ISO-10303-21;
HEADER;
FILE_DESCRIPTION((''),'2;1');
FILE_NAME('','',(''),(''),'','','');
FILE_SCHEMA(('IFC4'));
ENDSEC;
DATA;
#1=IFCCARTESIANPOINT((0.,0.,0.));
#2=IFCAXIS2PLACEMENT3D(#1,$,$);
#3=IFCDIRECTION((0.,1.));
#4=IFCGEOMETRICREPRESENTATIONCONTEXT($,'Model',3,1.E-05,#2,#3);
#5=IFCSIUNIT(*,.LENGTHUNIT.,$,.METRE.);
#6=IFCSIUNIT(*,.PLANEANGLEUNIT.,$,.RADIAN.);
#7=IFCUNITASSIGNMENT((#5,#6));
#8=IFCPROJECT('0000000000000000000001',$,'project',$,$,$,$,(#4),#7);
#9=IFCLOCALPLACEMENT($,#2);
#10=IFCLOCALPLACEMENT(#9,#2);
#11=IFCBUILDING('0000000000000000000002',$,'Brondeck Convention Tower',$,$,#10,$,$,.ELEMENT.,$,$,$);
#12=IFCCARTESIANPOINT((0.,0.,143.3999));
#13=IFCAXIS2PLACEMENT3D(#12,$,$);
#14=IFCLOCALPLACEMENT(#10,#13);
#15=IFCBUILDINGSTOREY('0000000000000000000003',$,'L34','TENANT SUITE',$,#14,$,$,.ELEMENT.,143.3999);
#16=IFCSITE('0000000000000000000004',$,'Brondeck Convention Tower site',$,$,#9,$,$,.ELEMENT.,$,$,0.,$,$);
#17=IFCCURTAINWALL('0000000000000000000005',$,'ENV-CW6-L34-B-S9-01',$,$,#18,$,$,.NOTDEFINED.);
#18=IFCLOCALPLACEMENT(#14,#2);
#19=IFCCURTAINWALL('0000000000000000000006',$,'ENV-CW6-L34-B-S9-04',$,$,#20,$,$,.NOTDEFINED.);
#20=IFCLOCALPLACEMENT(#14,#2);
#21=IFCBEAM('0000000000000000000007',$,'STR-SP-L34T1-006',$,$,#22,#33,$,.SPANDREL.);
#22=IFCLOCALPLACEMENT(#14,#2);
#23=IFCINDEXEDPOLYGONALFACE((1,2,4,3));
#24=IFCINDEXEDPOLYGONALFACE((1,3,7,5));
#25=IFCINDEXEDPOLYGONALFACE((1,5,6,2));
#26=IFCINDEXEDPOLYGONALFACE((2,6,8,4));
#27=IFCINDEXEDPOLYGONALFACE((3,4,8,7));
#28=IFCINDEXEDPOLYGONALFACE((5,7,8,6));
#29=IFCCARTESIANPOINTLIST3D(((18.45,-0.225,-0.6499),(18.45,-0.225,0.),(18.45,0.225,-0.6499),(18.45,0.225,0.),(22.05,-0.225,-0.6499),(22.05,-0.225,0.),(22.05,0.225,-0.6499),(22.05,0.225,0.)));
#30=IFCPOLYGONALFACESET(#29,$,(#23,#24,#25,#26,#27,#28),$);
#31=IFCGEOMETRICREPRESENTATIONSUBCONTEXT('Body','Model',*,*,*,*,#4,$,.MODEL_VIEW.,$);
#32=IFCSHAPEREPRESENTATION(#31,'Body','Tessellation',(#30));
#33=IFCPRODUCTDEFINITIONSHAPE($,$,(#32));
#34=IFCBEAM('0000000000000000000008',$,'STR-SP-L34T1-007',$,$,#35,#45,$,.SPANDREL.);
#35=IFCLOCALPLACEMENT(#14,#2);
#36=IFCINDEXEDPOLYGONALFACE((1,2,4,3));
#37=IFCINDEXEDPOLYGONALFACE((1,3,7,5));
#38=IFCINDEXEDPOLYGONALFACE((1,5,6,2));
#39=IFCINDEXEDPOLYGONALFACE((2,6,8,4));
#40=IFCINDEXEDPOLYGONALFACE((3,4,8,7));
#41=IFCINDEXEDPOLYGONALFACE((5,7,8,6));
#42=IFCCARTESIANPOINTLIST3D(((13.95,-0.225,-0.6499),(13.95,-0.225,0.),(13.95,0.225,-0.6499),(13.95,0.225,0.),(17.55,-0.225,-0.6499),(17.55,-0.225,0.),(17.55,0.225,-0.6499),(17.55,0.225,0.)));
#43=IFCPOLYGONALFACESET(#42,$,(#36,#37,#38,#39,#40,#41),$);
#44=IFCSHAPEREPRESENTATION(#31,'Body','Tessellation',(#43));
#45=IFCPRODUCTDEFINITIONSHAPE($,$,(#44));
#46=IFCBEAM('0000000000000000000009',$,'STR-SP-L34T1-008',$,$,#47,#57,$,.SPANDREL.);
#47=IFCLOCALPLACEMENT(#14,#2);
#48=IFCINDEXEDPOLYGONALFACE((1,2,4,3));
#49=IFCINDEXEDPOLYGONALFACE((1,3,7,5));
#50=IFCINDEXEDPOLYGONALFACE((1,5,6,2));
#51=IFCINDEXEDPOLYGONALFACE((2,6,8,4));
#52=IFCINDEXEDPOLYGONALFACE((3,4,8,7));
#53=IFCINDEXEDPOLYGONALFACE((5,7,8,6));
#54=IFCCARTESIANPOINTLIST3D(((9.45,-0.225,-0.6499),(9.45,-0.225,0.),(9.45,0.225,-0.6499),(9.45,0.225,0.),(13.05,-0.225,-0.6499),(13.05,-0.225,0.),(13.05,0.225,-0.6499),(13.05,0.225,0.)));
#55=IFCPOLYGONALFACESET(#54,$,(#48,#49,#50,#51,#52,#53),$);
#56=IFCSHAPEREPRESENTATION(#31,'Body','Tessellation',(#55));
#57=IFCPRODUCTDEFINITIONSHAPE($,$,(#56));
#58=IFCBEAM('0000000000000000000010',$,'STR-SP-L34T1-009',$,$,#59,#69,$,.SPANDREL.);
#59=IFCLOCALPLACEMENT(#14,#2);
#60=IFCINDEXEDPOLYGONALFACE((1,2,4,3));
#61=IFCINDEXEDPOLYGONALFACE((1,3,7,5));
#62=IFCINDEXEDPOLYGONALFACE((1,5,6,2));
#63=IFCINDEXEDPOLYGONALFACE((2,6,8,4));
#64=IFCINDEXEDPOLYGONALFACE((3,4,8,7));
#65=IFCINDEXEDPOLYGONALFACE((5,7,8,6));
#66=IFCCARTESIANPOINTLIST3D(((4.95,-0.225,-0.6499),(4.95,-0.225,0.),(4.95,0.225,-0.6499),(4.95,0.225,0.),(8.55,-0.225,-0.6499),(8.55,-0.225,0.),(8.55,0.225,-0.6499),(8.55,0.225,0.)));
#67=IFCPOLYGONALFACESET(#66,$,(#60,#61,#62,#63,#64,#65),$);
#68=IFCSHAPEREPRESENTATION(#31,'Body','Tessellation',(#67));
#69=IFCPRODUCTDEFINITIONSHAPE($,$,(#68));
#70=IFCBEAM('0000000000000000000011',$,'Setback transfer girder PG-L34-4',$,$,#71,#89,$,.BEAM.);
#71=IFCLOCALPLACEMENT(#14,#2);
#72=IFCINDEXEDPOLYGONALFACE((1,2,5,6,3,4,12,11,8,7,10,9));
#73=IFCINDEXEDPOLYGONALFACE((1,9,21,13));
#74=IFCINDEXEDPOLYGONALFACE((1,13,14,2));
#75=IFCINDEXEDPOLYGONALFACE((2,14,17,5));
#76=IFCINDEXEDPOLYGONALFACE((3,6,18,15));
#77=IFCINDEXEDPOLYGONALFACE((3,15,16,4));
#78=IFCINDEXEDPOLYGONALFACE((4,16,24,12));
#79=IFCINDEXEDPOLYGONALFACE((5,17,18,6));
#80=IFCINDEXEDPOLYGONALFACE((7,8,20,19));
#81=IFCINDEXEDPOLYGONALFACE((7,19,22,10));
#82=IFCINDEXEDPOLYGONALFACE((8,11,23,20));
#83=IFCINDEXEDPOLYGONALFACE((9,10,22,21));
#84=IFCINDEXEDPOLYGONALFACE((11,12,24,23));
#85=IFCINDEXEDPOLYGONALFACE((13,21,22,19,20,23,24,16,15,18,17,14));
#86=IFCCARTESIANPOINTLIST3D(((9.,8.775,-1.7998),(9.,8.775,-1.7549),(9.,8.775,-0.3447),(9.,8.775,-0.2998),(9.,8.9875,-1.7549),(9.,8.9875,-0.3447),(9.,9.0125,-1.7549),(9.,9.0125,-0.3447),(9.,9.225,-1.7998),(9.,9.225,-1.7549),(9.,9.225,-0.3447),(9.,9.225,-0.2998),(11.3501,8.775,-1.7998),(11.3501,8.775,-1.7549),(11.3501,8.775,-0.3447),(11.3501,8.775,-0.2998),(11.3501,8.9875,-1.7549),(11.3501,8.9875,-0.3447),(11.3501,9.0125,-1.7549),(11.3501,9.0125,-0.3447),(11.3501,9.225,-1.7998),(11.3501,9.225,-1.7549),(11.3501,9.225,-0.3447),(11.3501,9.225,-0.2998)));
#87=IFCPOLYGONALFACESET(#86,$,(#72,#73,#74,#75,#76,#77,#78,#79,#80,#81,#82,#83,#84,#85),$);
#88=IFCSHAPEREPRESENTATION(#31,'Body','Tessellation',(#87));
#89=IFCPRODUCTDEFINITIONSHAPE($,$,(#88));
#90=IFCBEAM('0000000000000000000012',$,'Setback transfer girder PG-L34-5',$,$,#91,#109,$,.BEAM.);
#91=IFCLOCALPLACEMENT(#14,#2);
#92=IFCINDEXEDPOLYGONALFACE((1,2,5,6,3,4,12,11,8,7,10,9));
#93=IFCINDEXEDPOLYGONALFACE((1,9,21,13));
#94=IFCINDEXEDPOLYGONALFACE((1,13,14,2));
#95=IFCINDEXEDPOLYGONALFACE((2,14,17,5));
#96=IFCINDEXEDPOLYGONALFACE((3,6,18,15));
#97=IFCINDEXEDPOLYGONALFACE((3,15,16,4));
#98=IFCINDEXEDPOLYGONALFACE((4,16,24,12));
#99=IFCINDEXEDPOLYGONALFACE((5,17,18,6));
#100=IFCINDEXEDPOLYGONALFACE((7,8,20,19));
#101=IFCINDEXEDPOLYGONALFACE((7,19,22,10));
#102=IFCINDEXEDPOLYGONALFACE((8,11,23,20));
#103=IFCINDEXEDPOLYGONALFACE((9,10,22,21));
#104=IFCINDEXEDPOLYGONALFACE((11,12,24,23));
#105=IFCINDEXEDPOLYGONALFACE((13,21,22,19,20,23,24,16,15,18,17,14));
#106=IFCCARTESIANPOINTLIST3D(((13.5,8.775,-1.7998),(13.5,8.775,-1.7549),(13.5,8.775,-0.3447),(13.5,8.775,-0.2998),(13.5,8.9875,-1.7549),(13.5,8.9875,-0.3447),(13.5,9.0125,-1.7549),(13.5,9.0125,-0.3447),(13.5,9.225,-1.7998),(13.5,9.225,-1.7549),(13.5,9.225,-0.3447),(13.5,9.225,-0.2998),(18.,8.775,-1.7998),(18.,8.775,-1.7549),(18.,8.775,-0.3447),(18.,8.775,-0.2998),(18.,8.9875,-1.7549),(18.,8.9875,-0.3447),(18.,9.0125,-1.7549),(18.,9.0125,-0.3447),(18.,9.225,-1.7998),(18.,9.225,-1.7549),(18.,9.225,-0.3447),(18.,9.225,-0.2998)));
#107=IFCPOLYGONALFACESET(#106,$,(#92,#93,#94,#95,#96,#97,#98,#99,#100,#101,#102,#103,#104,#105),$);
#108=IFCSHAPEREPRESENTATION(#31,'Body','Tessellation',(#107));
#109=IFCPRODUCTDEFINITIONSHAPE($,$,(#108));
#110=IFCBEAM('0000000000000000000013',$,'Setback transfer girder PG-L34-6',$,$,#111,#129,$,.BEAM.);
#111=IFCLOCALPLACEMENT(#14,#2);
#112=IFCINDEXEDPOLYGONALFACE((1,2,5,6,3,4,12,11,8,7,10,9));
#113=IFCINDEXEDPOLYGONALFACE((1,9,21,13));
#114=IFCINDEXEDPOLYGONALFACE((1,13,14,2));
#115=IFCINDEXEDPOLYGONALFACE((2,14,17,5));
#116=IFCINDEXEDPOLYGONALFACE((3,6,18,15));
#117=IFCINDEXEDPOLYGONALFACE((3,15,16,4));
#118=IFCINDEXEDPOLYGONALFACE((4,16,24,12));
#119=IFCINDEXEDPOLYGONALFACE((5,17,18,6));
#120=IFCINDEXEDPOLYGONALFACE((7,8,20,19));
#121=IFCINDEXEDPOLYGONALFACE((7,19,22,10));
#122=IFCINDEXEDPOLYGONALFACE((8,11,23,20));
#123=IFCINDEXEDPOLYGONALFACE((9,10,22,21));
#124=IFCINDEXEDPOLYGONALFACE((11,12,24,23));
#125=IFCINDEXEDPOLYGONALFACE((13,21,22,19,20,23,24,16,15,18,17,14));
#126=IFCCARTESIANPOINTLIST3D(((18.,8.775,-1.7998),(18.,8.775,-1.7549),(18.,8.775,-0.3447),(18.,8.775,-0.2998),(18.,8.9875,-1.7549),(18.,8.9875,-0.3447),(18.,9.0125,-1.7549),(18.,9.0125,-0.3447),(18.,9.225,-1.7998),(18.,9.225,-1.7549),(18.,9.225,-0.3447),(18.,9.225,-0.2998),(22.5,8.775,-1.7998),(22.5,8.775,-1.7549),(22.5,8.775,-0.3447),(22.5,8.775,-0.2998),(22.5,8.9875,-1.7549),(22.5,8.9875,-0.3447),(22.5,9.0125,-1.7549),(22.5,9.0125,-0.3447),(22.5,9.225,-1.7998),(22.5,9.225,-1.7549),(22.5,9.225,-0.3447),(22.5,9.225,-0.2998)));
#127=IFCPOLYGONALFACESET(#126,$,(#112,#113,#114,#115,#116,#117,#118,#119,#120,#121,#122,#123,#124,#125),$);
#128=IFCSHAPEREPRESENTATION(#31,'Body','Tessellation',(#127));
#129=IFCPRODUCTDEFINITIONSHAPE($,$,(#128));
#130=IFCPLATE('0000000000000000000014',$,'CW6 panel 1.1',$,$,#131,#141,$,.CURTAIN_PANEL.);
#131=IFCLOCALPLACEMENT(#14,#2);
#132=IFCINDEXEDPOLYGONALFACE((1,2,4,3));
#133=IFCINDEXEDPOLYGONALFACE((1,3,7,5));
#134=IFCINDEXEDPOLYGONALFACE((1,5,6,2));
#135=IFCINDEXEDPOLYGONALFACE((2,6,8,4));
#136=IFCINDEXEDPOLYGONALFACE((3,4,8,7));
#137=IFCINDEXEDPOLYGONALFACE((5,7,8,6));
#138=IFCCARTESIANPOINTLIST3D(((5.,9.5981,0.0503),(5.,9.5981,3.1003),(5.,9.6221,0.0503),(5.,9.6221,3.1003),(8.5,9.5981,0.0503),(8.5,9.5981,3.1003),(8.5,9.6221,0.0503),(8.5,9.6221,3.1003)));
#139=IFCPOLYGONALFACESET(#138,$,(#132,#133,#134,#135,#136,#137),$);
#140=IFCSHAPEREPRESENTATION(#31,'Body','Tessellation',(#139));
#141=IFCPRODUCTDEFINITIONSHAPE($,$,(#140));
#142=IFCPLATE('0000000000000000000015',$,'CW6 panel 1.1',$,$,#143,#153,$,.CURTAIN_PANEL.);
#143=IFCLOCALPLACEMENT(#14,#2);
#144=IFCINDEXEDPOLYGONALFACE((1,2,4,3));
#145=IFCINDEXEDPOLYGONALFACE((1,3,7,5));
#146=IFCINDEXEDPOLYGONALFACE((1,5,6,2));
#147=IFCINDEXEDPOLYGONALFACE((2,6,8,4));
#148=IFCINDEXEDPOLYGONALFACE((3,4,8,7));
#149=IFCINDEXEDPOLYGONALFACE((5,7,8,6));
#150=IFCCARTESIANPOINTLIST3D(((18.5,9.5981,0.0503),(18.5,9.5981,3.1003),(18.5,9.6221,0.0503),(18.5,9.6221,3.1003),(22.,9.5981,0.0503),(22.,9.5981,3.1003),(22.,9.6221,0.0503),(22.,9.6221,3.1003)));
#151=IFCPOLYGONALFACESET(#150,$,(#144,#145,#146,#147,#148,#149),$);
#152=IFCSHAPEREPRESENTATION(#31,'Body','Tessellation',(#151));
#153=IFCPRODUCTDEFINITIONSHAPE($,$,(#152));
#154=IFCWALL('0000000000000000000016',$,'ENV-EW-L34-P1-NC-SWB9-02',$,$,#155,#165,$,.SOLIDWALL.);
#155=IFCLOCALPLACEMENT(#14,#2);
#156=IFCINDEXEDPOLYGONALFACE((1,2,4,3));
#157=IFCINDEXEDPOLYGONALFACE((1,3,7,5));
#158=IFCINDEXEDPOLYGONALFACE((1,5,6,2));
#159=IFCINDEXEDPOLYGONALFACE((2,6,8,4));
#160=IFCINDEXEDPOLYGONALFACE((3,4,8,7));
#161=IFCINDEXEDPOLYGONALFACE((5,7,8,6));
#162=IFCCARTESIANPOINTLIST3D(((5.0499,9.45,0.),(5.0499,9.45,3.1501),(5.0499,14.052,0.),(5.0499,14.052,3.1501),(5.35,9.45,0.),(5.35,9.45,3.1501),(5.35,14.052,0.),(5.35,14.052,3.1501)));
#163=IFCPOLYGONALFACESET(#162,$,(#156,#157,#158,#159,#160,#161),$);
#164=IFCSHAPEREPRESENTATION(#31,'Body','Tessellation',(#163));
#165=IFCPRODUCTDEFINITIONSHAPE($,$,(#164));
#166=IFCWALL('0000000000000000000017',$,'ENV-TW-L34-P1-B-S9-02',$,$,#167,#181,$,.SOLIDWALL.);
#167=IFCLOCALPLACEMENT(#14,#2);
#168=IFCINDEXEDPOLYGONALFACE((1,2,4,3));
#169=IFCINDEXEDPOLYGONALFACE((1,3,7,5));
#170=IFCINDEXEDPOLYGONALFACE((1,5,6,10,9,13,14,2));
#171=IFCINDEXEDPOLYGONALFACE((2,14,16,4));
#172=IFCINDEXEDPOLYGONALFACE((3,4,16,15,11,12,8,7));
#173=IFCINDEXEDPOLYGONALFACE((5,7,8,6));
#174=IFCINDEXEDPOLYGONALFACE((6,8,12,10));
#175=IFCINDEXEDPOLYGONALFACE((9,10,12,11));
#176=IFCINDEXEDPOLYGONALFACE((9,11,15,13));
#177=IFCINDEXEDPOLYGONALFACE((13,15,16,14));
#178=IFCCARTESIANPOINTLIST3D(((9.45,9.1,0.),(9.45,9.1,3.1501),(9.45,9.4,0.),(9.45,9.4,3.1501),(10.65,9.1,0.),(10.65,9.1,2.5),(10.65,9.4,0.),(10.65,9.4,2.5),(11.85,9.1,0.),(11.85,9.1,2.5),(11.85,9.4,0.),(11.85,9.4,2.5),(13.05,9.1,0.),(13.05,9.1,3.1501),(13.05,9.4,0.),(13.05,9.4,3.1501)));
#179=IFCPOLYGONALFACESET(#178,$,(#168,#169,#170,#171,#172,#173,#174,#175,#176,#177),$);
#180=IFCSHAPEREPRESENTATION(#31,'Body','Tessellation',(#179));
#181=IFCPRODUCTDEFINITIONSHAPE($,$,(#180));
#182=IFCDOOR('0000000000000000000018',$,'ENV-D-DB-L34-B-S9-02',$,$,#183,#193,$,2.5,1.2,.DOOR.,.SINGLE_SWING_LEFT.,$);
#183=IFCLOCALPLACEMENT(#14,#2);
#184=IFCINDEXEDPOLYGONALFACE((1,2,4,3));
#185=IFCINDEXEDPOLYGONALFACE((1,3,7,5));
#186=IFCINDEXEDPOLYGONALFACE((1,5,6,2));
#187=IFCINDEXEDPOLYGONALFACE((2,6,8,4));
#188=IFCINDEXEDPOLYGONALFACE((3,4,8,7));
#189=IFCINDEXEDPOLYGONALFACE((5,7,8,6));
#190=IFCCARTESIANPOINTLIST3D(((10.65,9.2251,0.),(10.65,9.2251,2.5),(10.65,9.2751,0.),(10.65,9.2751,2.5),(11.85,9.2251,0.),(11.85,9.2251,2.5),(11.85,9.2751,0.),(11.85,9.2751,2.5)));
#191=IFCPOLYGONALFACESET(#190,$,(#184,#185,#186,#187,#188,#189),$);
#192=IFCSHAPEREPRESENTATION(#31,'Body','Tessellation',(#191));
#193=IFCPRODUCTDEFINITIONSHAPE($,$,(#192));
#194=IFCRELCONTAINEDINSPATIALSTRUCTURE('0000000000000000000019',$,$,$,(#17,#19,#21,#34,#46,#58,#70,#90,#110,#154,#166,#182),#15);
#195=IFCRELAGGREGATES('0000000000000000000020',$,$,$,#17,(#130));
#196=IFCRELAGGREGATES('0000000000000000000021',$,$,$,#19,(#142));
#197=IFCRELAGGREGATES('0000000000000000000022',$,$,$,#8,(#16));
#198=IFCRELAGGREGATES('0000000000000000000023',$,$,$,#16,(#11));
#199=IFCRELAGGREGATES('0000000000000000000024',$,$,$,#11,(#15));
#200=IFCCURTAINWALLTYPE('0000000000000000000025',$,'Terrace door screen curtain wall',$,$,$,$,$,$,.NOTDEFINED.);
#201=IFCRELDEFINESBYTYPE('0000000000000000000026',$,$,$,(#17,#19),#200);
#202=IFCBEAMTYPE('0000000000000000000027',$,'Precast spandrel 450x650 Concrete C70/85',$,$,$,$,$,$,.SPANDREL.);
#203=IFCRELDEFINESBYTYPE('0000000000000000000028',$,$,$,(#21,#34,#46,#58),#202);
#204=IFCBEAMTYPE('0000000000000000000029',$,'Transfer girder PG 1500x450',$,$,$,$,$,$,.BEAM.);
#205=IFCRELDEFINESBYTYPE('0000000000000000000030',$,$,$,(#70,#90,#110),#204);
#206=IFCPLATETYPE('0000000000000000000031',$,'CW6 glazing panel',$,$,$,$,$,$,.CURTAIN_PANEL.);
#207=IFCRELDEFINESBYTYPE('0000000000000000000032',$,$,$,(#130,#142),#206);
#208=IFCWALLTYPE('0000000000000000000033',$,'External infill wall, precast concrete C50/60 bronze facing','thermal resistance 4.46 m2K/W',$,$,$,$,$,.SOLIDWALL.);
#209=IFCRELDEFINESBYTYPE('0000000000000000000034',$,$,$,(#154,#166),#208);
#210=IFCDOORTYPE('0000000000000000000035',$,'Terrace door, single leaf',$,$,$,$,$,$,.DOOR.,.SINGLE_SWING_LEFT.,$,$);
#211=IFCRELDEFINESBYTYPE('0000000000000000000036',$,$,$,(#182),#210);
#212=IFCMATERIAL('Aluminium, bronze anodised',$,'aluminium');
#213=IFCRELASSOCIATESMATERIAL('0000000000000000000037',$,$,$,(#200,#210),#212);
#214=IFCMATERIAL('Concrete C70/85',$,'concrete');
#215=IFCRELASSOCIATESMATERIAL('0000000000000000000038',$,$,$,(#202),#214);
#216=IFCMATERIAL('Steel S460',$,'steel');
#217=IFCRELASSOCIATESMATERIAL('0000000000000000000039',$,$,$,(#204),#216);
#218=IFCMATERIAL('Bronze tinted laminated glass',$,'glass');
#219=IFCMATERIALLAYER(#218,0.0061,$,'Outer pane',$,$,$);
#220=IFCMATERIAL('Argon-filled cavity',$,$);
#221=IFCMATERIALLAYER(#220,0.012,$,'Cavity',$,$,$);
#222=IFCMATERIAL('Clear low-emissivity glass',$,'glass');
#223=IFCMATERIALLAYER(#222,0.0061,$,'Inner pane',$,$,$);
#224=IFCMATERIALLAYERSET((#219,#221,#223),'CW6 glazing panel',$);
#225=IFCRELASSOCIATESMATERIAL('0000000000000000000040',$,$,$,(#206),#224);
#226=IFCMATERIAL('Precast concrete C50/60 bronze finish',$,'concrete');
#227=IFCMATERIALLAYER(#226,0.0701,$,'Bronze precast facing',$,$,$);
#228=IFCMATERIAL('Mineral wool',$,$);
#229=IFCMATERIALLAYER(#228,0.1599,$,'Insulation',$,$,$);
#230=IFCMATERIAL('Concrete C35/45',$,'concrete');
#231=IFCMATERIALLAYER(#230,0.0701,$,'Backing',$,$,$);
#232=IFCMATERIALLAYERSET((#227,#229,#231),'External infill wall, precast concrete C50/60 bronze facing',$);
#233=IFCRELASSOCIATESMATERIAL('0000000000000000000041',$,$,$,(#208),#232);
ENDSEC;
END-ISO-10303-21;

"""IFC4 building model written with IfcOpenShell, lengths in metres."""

from ifc_helpers import new_model, si_unit, direction, frame, frame_2d, origin, origin_2d, place, context, subcontext, project, spatial, rectangle, i_section, extrude, material, layer, layer_set, material_profile, profile_set, type_object, element, fill, aggregate, save


model = new_model("IFC4")

# Units and contexts
model_context = context("Model", 3, precision=1e-05, world=origin(), true_north=direction((0.0, 1.0)))
body_context = subcontext(model_context, "Body", "Model", "MODEL_VIEW")
ifc_project = project(units=[si_unit("LENGTHUNIT", "METRE"), si_unit("PLANEANGLEUNIT", "RADIAN")], contexts=[model_context])

# Site, building, storey
site_placement = place(None, origin())
site = spatial("IfcSite", under=ifc_project, at=site_placement, Name="Brondeck Convention Tower site", CompositionType="ELEMENT", RefElevation=0.0)
building_placement = place(site_placement, origin())
building = spatial("IfcBuilding", under=site, at=building_placement, Name="Brondeck Convention Tower", CompositionType="ELEMENT")
storey_placement = place(building_placement, frame((0.0, 0.0, 143.3999)))
storey = spatial("IfcBuildingStorey", under=building, at=storey_placement, Name="L34", Description="TENANT SUITE", CompositionType="ELEMENT", Elevation=143.3999)

# Shared definitions
ifc_material_1 = material(Name="Concrete C70/85", Category="concrete")

# Curtain walls
ifc_material_2 = material(Name="Aluminium, bronze anodised", Category="aluminium")
curtain_wall_type = type_object("IfcCurtainWallType", Name="Terrace door screen curtain wall", PredefinedType="NOTDEFINED", material=ifc_material_2)
curtain_wall_1_placement = place(storey_placement, origin())
curtain_wall_1 = element("IfcCurtainWall", 1, at=curtain_wall_1_placement, inside=storey, type_object=curtain_wall_type, Name="ENV-CW6-L34-B-S9-01", PredefinedType="NOTDEFINED")
curtain_wall_2_placement = place(storey_placement, origin())
curtain_wall_2 = element("IfcCurtainWall", 2, at=curtain_wall_2_placement, inside=storey, type_object=curtain_wall_type, Name="ENV-CW6-L34-B-S9-04", PredefinedType="NOTDEFINED")

# Beams
ifc_material_profile_1 = material_profile(ifc_material_1, rectangle(XDim=0.45, YDim=0.6499, at=origin_2d()), Name="Precast spandrel 450x650 Concrete C70/85")
ifc_profile_set_1 = profile_set([ifc_material_profile_1], Name="Concrete C70/85")
beam_type_1 = type_object("IfcBeamType", Name="Precast spandrel 450x650 Concrete C70/85", PredefinedType="SPANDREL", material=ifc_profile_set_1)
for number, where, z_axis, x_axis, name in (
    (3, (22.05, 0.0, -0.325), (-1.0, 0.0, 0.0), (0.0, -1.0, 0.0), "STR-SP-L34T1-006"),
    (4, (17.55, 0.0, -0.325), (-1.0, 0.0, 0.0), (0.0, -1.0, 0.0), "STR-SP-L34T1-007"),
    (5, (13.05, 0.0, -0.325), (-1.0, 0.0, 0.0), (0.0, -1.0, 0.0), "STR-SP-L34T1-008"),
    (6, (8.55, 0.0, -0.325), (-1.0, 0.0, 0.0), (0.0, -1.0, 0.0), "STR-SP-L34T1-009"),
):
    element("IfcBeam", number, at=place(storey_placement, frame(where, z_axis=z_axis, x_axis=x_axis)), inside=storey, type_object=beam_type_1, Name=name, PredefinedType="SPANDREL", context=body_context, shape_type="SweptSolid", body=[
        extrude(rectangle(XDim=0.45, YDim=0.6499, at=origin_2d()), origin(), (0.0, 0.0, 1.0), 3.6001),
    ])
ifc_material_3 = material(Name="Steel S460", Category="steel")
ifc_material_profile_2 = material_profile(ifc_material_3, i_section(OverallWidth=0.45, OverallDepth=1.5, WebThickness=0.0249, FlangeThickness=0.0449, at=origin_2d()), Name="PG 1500x450")
ifc_profile_set_2 = profile_set([ifc_material_profile_2], Name="Steel S460")
beam_type_2 = type_object("IfcBeamType", Name="Transfer girder PG 1500x450", PredefinedType="BEAM", material=ifc_profile_set_2)
beam_placement = place(storey_placement, frame((9.0, 9.0, -1.0498), z_axis=(1.0, 0.0, 0.0), x_axis=(0.0, 1.0, 0.0)))
element("IfcBeam", 7, at=beam_placement, inside=storey, type_object=beam_type_2, Name="Setback transfer girder PG-L34-4", PredefinedType="BEAM", context=body_context, shape_type="SweptSolid", body=[
    extrude(i_section(OverallWidth=0.45, OverallDepth=1.5, WebThickness=0.0249, FlangeThickness=0.0449, at=origin_2d()), origin(), (0.0, 0.0, 1.0), 2.3501),
])
for number, where, z_axis, x_axis, name in (
    (8, (13.5, 9.0, -1.0498), (1.0, 0.0, 0.0), (0.0, 1.0, 0.0), "Setback transfer girder PG-L34-5"),
    (9, (18.0, 9.0, -1.0498), (1.0, 0.0, 0.0), (0.0, 1.0, 0.0), "Setback transfer girder PG-L34-6"),
):
    element("IfcBeam", number, at=place(storey_placement, frame(where, z_axis=z_axis, x_axis=x_axis)), inside=storey, type_object=beam_type_2, Name=name, PredefinedType="BEAM", context=body_context, shape_type="SweptSolid", body=[
        extrude(i_section(OverallWidth=0.45, OverallDepth=1.5, WebThickness=0.0249, FlangeThickness=0.0449, at=origin_2d()), origin(), (0.0, 0.0, 1.0), 4.5),
    ])

# Plates
ifc_material_4 = material(Name="Bronze tinted laminated glass", Category="glass")
ifc_layer_1 = layer(ifc_material_4, 0.0061, Name="Outer pane")
ifc_material_5 = material(Name="Argon-filled cavity")
ifc_layer_2 = layer(ifc_material_5, 0.012, Name="Cavity")
ifc_material_6 = material(Name="Clear low-emissivity glass", Category="glass")
ifc_layer_3 = layer(ifc_material_6, 0.0061, Name="Inner pane")
ifc_layer_set_1 = layer_set([ifc_layer_1, ifc_layer_2, ifc_layer_3], Name="CW6 glazing panel")
plate_type = type_object("IfcPlateType", Name="CW6 glazing panel", PredefinedType="CURTAIN_PANEL", material=ifc_layer_set_1)
plate_1_placement = place(storey_placement, frame((6.75, 9.6101, 0.0503), z_axis=(0.0, 0.0, 1.0), x_axis=(-1.0, 0.0, 0.0)))
plate_1 = element("IfcPlate", 10, at=plate_1_placement, type_object=plate_type, Name="CW6 panel 1.1", PredefinedType="CURTAIN_PANEL", context=body_context, shape_type="SweptSolid", body=[
    extrude(rectangle(XDim=3.5, YDim=0.0239, at=origin_2d()), origin(), (0.0, 0.0, 1.0), 3.05),
])
aggregate(curtain_wall_1, [plate_1])
plate_2_placement = place(storey_placement, frame((20.25, 9.6101, 0.0503), z_axis=(0.0, 0.0, 1.0), x_axis=(-1.0, 0.0, 0.0)))
plate_2 = element("IfcPlate", 11, at=plate_2_placement, type_object=plate_type, Name="CW6 panel 1.1", PredefinedType="CURTAIN_PANEL", context=body_context, shape_type="SweptSolid", body=[
    extrude(rectangle(XDim=3.5, YDim=0.0239, at=origin_2d()), origin(), (0.0, 0.0, 1.0), 3.05),
])
aggregate(curtain_wall_2, [plate_2])

# Wall
ifc_material_7 = material(Name="Precast concrete C50/60 bronze finish", Category="concrete")
ifc_layer_4 = layer(ifc_material_7, 0.0701, Name="Bronze precast facing")
ifc_material_8 = material(Name="Mineral wool")
ifc_layer_5 = layer(ifc_material_8, 0.1599, Name="Insulation")
ifc_material_9 = material(Name="Concrete C35/45", Category="concrete")
ifc_layer_6 = layer(ifc_material_9, 0.0701, Name="Backing")
ifc_layer_set_2 = layer_set([ifc_layer_4, ifc_layer_5, ifc_layer_6], Name="External infill wall, precast concrete C50/60 bronze facing")
wall_type_1 = type_object("IfcWallType", Name="External infill wall, precast concrete C50/60 bronze facing", Description="thermal resistance 4.46 m2K/W", PredefinedType="SOLIDWALL", material=ifc_layer_set_2)
wall_1_placement = place(storey_placement, frame((5.2, 9.45, 0.0), z_axis=(0.0, 0.0, 1.0), x_axis=(0.0, 1.0, 0.0)))
element("IfcWall", 12, at=wall_1_placement, inside=storey, type_object=wall_type_1, Name="ENV-EW-L34-P1-NC-SWB9-02", PredefinedType="SOLIDWALL", context=body_context, shape_type="SweptSolid", body=[
    extrude(rectangle(XDim=4.6021, YDim=0.3, at=frame_2d((2.301, 0.0))), origin(), (0.0, 0.0, 1.0), 3.1501),
])

# Wall, opening, door
wall_2_placement = place(storey_placement, frame((13.05, 9.25, 0.0), z_axis=(0.0, 0.0, 1.0), x_axis=(-1.0, 0.0, 0.0)))
wall_2 = element("IfcWall", 13, at=wall_2_placement, inside=storey, type_object=wall_type_1, Name="ENV-TW-L34-P1-B-S9-02", PredefinedType="SOLIDWALL", context=body_context, shape_type="SweptSolid", body=[
    extrude(rectangle(XDim=3.6001, YDim=0.3, at=frame_2d((1.8, 0.0))), origin(), (0.0, 0.0, 1.0), 3.1501),
])
opening_1_placement = place(wall_2_placement, frame((1.2, 0.0, 0.0)))
opening_1 = element("IfcOpeningElement", 14, at=opening_1_placement, cuts=wall_2, PredefinedType="OPENING", context=body_context, shape_type="SweptSolid", body=[
    extrude(rectangle(XDim=1.2, YDim=2.5, at=frame_2d((0.6001, 1.25))), frame((0.0, 0.1599, 0.0), z_axis=(0.0, -1.0, 0.0), x_axis=(1.0, 0.0, 0.0)), (0.0, 0.0, 1.0), 0.3201),
])
door_type_1 = type_object("IfcDoorType", Name="Terrace door, single leaf", OperationType="SINGLE_SWING_LEFT", PredefinedType="DOOR", material=ifc_material_2)
door_1_placement = place(opening_1_placement, origin())
door_1 = element("IfcDoor", 15, at=door_1_placement, inside=storey, type_object=door_type_1, Name="ENV-D-DB-L34-B-S9-02", OperationType="SINGLE_SWING_LEFT", OverallHeight=2.5, OverallWidth=1.2, PredefinedType="DOOR", context=body_context, shape_type="SweptSolid", body=[
    extrude(rectangle(XDim=1.2, YDim=2.5, at=frame_2d((0.6001, 1.25))), frame((0.0, 0.0249, 0.0), z_axis=(0.0, -1.0, 0.0), x_axis=(1.0, 0.0, 0.0)), (0.0, 0.0, 1.0), 0.05),
])
fill(opening_1, door_1)

save(model, "model.ifc")
